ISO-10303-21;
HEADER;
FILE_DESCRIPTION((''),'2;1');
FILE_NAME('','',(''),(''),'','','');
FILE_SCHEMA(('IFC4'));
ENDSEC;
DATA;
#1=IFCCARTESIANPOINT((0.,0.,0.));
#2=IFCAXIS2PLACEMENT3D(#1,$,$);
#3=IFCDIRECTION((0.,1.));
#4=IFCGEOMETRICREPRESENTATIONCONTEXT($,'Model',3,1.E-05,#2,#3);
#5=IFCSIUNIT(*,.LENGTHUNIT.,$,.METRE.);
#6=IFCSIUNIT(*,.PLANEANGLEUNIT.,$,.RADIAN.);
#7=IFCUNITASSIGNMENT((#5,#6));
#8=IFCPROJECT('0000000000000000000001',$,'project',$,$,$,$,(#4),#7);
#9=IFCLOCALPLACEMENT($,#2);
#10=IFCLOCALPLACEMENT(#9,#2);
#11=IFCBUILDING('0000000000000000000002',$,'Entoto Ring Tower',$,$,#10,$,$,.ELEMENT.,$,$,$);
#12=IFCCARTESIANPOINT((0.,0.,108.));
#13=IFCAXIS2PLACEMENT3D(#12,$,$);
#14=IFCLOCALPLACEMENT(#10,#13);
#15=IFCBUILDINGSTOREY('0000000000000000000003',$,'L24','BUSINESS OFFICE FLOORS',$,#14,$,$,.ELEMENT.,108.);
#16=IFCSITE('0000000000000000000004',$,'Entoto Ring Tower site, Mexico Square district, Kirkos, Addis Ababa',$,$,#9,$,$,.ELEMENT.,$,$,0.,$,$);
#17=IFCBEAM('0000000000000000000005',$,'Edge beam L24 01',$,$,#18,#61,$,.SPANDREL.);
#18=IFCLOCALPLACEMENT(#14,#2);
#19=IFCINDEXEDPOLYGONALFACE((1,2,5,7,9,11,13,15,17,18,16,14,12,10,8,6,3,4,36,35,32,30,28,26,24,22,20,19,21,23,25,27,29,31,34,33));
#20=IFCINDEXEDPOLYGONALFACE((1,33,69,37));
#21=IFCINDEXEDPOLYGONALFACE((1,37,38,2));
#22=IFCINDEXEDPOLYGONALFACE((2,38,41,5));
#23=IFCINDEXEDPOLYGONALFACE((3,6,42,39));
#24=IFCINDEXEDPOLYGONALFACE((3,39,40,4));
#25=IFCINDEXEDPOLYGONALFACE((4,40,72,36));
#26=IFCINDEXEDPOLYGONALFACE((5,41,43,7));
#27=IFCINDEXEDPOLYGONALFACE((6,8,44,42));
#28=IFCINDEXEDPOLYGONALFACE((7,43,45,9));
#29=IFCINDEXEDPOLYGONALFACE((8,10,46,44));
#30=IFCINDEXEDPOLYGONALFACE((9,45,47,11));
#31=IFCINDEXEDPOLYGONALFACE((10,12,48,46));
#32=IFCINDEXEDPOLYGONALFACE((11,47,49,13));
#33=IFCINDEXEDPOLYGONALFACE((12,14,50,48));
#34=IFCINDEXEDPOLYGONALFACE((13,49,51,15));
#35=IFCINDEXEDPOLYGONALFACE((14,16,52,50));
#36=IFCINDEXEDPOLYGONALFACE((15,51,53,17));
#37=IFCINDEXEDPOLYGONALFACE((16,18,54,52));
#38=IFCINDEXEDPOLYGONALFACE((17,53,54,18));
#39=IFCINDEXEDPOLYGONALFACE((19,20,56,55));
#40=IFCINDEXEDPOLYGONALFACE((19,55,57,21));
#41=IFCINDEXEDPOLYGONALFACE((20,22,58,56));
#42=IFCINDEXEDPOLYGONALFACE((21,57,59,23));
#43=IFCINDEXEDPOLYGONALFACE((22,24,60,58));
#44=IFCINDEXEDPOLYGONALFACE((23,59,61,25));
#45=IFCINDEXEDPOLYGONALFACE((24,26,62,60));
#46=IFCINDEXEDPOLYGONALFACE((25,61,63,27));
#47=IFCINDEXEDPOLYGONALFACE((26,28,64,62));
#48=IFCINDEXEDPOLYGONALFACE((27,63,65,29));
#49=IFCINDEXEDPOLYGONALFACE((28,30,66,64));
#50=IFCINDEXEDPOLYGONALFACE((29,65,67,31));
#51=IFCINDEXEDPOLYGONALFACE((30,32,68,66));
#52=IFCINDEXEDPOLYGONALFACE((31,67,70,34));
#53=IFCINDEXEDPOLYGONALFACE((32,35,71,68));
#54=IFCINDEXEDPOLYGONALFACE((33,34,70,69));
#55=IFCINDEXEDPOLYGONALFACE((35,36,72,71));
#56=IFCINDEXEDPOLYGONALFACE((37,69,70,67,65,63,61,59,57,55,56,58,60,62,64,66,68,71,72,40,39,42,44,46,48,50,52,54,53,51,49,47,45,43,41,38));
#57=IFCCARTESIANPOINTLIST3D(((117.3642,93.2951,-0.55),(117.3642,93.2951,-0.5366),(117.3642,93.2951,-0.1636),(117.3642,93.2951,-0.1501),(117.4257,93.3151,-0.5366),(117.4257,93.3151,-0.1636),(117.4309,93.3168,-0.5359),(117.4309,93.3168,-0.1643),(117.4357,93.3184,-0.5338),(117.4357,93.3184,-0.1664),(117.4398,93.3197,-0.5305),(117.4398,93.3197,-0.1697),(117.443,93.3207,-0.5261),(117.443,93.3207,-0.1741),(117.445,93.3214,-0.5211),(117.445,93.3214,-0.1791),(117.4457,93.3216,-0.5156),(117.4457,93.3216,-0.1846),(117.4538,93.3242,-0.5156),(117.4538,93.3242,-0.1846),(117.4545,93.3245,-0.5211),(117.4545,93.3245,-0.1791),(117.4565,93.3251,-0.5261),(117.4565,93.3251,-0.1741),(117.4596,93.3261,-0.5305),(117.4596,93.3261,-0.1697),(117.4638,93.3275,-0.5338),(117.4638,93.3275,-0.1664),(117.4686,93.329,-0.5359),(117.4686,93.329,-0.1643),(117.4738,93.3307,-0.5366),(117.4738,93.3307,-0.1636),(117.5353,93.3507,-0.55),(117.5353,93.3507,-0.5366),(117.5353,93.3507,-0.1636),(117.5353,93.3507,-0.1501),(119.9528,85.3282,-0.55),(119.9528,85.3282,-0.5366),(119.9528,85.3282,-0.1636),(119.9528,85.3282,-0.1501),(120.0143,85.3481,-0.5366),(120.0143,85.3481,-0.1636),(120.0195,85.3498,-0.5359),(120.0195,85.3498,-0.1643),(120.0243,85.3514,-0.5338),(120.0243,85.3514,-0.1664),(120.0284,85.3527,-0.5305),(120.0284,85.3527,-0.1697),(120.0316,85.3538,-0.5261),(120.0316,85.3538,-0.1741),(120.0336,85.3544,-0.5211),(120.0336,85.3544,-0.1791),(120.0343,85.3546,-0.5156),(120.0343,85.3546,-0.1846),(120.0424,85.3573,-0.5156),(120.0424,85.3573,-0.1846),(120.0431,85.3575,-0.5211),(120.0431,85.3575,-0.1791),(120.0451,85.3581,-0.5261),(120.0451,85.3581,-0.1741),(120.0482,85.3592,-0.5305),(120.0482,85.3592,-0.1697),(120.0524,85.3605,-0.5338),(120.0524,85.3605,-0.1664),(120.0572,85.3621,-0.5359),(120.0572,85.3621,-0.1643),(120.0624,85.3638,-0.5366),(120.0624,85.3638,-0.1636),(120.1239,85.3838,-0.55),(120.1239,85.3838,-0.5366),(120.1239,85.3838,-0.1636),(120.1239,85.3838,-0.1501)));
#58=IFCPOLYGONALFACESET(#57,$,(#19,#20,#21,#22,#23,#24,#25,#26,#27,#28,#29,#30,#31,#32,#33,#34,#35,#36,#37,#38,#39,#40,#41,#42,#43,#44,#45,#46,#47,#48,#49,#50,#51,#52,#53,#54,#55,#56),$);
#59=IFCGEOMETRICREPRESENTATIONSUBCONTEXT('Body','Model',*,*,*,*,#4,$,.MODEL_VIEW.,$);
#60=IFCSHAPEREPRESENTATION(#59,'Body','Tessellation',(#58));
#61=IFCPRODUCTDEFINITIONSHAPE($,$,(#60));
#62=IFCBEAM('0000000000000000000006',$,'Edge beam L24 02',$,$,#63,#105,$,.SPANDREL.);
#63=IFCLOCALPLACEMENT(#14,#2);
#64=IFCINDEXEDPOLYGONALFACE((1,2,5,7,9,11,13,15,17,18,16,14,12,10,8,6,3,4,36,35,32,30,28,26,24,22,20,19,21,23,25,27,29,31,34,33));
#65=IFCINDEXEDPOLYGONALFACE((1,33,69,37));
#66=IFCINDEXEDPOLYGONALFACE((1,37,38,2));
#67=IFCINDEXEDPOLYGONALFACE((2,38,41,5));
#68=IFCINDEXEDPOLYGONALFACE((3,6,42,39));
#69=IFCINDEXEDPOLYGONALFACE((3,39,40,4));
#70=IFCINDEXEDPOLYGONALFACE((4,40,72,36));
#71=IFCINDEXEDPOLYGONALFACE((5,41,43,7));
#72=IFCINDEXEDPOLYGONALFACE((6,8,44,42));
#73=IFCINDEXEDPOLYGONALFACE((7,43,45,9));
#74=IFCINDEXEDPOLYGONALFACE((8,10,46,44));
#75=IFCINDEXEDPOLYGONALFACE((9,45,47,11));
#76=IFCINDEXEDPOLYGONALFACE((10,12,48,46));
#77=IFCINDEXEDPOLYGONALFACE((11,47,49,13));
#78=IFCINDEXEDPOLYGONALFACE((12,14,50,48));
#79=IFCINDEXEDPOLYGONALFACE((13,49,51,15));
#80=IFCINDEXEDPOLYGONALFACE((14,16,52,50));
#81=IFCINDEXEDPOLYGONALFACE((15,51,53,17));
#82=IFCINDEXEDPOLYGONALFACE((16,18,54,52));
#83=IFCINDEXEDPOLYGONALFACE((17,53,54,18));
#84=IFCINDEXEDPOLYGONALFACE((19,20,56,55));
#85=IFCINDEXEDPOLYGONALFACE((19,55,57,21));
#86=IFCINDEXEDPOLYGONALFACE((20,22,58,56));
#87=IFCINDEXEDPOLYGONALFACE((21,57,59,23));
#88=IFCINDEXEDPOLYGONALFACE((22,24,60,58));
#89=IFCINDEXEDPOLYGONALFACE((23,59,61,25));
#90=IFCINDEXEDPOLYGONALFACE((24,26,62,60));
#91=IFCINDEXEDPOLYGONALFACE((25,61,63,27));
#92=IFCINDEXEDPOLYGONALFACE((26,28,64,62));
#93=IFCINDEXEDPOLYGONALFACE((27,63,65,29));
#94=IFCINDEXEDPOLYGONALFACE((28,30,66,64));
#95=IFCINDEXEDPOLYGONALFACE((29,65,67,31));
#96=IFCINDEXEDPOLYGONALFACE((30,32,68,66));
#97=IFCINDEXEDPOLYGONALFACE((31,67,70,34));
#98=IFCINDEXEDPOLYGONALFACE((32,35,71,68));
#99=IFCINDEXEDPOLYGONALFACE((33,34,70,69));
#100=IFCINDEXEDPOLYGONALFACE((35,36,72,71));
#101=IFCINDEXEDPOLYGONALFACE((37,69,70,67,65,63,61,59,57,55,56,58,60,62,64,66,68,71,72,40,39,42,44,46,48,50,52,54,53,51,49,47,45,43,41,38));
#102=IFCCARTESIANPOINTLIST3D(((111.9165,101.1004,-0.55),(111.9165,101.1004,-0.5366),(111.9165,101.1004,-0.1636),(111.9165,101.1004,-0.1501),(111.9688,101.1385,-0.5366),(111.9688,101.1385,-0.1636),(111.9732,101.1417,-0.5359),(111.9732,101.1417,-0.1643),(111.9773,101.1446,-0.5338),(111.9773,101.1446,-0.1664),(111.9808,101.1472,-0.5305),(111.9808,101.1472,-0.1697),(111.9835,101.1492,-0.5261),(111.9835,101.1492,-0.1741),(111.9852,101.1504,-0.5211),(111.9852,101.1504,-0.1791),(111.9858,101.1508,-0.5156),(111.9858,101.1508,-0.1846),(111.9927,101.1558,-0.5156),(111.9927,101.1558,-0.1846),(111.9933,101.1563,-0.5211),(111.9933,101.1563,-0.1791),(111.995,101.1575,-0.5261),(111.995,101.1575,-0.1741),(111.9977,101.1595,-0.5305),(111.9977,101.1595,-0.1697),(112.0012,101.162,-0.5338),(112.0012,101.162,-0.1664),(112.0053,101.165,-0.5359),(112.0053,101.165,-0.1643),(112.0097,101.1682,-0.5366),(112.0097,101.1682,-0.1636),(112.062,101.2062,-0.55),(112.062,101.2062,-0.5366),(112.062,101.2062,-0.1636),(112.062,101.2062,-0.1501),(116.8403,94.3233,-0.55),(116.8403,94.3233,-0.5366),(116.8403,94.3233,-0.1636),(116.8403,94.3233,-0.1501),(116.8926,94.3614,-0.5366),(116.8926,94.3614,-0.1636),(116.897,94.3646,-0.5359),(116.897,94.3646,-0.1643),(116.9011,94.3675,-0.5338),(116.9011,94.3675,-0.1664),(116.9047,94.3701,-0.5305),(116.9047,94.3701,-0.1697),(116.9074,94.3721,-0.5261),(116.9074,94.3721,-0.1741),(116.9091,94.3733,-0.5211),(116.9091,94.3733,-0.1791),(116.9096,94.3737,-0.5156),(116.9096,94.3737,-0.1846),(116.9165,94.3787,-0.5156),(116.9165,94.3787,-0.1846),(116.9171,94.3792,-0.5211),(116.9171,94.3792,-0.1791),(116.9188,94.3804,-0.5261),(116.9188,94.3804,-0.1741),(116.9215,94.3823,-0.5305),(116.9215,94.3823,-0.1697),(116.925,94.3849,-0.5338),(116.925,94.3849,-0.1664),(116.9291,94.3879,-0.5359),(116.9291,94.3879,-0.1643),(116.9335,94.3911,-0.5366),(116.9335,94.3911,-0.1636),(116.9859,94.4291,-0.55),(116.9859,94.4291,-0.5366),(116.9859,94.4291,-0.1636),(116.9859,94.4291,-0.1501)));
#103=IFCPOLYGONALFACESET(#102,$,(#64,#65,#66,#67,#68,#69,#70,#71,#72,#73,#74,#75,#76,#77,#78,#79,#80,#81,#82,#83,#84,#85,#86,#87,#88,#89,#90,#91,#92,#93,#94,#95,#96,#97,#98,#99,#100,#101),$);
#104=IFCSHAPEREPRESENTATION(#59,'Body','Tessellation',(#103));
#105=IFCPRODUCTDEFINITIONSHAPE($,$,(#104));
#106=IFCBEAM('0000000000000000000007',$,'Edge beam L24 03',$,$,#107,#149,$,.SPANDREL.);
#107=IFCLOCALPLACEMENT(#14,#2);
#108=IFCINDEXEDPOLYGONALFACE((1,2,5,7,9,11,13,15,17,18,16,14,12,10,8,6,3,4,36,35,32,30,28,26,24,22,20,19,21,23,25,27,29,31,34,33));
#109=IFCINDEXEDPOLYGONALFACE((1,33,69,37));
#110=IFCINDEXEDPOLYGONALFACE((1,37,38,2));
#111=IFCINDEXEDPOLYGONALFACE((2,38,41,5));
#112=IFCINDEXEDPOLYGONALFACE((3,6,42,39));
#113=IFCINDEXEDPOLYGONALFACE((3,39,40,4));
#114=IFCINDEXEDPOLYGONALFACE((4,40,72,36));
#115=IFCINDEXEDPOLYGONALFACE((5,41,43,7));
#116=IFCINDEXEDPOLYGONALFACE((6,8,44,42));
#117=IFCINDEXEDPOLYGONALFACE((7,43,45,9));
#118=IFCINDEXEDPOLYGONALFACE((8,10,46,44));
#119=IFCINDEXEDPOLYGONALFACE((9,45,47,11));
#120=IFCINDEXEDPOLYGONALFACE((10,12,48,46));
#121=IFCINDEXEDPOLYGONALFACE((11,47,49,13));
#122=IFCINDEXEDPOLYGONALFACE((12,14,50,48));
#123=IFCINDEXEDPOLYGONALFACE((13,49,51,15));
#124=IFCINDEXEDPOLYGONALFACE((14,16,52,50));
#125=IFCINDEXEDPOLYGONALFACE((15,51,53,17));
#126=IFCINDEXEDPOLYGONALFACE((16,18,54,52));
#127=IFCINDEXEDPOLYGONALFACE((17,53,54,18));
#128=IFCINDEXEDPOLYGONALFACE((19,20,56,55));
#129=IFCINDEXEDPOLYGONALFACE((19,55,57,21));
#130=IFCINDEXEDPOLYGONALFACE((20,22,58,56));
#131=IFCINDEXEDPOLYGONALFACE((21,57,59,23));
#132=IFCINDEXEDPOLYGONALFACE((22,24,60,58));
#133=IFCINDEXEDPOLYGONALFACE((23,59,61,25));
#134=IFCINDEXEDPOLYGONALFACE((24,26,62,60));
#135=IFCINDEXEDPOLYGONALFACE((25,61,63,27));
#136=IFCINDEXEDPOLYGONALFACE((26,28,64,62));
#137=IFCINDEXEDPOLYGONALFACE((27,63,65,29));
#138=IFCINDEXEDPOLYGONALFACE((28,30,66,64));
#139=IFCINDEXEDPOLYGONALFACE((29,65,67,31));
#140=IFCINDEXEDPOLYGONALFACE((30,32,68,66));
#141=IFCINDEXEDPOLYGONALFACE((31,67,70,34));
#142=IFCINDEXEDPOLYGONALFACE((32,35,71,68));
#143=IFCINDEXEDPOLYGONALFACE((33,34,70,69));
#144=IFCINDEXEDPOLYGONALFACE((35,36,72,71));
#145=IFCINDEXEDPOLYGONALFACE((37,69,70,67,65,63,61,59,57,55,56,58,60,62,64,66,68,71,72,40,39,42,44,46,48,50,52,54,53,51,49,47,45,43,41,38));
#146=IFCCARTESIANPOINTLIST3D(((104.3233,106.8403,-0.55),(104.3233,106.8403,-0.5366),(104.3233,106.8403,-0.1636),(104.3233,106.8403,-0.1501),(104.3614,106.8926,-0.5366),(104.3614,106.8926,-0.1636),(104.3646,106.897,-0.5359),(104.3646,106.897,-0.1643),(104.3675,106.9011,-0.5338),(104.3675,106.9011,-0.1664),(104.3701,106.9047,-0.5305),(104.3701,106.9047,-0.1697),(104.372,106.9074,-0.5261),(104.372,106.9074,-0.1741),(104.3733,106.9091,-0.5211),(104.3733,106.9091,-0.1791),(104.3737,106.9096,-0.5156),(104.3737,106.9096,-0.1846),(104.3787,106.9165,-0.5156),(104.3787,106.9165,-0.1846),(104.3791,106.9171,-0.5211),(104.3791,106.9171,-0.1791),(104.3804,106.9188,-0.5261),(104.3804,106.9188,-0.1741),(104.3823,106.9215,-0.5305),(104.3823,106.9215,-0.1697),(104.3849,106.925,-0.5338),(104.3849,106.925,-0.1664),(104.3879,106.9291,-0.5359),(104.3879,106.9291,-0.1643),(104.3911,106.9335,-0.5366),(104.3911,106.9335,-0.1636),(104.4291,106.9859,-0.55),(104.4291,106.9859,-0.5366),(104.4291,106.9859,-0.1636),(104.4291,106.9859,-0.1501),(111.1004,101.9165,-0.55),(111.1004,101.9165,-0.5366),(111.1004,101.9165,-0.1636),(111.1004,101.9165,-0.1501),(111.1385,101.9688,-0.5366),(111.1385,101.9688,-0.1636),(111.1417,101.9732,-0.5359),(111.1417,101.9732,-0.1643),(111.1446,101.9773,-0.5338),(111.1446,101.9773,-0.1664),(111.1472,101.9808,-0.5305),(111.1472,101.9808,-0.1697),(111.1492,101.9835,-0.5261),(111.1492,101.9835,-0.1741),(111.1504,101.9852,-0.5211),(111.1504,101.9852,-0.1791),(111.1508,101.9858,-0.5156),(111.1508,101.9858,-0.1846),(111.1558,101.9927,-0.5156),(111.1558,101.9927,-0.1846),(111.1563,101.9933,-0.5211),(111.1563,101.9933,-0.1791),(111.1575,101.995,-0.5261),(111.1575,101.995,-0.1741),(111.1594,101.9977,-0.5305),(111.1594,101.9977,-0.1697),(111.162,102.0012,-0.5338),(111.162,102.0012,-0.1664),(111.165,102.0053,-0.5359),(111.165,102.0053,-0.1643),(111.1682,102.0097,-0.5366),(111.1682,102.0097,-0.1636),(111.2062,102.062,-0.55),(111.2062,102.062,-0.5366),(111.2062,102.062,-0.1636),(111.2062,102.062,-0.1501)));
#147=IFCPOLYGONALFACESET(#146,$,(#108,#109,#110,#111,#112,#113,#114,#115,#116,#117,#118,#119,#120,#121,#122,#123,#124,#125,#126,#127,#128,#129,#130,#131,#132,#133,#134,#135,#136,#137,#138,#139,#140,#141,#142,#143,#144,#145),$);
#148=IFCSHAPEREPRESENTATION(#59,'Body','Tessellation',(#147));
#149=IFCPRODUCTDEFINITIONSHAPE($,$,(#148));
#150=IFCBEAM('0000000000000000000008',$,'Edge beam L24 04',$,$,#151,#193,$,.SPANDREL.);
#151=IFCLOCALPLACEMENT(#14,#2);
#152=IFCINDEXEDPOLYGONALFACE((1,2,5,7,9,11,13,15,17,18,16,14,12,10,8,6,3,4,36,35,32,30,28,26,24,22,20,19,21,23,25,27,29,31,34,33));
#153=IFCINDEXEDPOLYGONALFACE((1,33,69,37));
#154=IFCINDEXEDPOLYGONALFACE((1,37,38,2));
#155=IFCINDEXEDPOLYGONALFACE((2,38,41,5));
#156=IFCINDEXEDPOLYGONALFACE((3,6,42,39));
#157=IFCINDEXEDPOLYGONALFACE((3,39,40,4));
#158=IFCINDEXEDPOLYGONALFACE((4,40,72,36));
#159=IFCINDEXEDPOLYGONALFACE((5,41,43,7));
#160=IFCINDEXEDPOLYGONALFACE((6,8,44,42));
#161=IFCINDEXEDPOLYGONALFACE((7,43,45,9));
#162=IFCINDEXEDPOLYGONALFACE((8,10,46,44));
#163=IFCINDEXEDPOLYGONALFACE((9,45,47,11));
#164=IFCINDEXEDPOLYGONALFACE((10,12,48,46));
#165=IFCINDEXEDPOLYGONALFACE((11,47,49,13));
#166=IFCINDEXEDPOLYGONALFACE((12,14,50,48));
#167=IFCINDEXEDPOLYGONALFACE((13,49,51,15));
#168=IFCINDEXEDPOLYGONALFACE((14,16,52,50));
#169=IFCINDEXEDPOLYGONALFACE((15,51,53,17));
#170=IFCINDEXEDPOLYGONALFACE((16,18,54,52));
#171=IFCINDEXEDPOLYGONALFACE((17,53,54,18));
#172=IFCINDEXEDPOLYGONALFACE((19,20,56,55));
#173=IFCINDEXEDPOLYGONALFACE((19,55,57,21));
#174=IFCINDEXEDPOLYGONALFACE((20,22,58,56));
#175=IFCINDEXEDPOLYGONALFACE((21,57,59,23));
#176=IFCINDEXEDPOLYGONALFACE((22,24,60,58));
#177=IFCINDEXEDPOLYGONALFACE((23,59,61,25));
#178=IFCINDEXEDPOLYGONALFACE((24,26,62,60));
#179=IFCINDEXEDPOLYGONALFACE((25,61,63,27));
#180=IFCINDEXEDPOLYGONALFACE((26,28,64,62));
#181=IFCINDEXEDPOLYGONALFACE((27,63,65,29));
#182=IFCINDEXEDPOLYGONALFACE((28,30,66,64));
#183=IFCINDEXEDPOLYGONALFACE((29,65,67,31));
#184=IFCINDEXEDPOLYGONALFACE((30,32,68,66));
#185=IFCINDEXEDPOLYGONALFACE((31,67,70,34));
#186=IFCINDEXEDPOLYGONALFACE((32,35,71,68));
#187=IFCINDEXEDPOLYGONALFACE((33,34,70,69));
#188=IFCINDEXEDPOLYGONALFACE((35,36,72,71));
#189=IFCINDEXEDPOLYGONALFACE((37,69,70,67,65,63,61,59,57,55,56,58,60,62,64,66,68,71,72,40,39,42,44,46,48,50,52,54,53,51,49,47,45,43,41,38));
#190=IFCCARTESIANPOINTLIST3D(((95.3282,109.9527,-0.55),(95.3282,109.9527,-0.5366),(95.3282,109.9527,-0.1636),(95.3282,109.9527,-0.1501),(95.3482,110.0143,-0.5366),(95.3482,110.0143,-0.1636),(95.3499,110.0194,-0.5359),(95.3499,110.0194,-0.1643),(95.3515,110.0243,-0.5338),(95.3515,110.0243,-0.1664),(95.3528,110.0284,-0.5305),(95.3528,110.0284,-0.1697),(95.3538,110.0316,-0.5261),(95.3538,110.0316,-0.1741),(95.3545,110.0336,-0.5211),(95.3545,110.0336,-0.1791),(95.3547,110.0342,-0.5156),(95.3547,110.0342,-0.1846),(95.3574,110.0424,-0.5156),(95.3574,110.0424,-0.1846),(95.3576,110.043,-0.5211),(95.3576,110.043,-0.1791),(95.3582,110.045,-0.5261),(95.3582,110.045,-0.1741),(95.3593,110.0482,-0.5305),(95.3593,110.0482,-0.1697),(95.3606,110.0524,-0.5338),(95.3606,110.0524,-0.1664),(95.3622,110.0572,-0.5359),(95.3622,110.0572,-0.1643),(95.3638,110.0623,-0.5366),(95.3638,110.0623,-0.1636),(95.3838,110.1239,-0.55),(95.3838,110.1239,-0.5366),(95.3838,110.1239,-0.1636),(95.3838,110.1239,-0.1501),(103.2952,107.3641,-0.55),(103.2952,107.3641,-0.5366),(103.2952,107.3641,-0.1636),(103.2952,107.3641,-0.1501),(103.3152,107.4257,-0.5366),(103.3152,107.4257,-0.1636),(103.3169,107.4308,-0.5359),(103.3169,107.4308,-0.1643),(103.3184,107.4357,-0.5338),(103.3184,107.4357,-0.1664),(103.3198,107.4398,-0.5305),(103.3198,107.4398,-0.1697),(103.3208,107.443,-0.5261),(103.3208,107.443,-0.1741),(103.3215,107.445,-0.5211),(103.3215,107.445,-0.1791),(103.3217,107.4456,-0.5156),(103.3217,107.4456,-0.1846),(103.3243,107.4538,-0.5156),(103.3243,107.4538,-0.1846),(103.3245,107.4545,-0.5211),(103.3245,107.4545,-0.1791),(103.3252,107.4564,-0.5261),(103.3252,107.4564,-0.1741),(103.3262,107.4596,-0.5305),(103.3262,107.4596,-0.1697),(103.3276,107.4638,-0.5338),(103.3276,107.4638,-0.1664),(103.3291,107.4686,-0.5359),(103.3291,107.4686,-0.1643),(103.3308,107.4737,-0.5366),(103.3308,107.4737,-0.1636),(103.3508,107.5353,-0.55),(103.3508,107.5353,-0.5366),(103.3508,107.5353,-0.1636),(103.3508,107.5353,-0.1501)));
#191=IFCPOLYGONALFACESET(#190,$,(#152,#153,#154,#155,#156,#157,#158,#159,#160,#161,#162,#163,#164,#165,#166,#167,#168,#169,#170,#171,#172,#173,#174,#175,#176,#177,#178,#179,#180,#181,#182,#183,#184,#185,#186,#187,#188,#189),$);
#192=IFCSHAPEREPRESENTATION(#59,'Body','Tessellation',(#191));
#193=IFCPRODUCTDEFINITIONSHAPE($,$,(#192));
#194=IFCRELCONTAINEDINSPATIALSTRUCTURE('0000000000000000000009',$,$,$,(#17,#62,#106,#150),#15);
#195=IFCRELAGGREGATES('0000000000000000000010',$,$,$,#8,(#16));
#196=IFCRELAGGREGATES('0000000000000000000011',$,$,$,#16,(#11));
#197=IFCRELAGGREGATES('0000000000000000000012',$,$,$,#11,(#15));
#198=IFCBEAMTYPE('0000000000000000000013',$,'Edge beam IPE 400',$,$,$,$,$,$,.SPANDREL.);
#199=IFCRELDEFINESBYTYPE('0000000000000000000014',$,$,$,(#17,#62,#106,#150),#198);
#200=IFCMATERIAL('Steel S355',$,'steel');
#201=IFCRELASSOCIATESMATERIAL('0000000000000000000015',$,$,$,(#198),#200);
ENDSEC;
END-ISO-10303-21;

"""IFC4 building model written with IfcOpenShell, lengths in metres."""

from ifc_helpers import new_model, si_unit, direction, frame, origin, origin_2d, place, context, subcontext, project, spatial, i_section, extrude, material, material_profile, profile_set, type_object, element, save


model = new_model("IFC4")

# Units and contexts
model_context = context("Model", 3, precision=1e-05, world=origin(), true_north=direction((0.0, 1.0)))
body_context = subcontext(model_context, "Body", "Model", "MODEL_VIEW")
ifc_project = project(units=[si_unit("LENGTHUNIT", "METRE"), si_unit("PLANEANGLEUNIT", "RADIAN")], contexts=[model_context])

# Site, building, storey
site_placement = place(None, origin())
site = spatial("IfcSite", under=ifc_project, at=site_placement, Name="Entoto Ring Tower site, Mexico Square district, Kirkos, Addis Ababa", CompositionType="ELEMENT", RefElevation=0.0)
building_placement = place(site_placement, origin())
building = spatial("IfcBuilding", under=site, at=building_placement, Name="Entoto Ring Tower", CompositionType="ELEMENT")
storey_placement = place(building_placement, frame((0.0, 0.0, 108.0)))
storey = spatial("IfcBuildingStorey", under=building, at=storey_placement, Name="L24", Description="BUSINESS OFFICE FLOORS", CompositionType="ELEMENT", Elevation=108.0)

# Beams
ifc_material_1 = material(Name="Steel S355", Category="steel")
ifc_material_profile_1 = material_profile(ifc_material_1, i_section(OverallWidth=0.1799, OverallDepth=0.3999, WebThickness=0.0085, FlangeThickness=0.0134, FilletRadius=0.021, at=origin_2d()), Name="IPE 400")
ifc_profile_set_1 = profile_set([ifc_material_profile_1], Name="Steel S355")
beam_type_1 = type_object("IfcBeamType", Name="Edge beam IPE 400", PredefinedType="SPANDREL", material=ifc_profile_set_1)
for number, where, z_axis, x_axis, name in (
    (1, (120.0383, 85.356, -0.3501), (-0.309014, 0.951057, 0.0), (-0.951057, -0.309014, 0.0), "Edge beam L24 01"),
    (2, (116.9131, 94.3762, -0.3501), (-0.587783, 0.809018, 0.0), (-0.809018, -0.587783, 0.0), "Edge beam L24 02"),
    (3, (111.1533, 101.9893, -0.3501), (-0.809018, 0.587783, 0.0), (-0.587783, -0.809018, 0.0), "Edge beam L24 03"),
    (4, (103.323, 107.4497, -0.3501), (-0.951057, 0.309014, 0.0), (-0.309014, -0.951057, 0.0), "Edge beam L24 04"),
):
    element("IfcBeam", number, at=place(storey_placement, frame(where, z_axis=z_axis, x_axis=x_axis)), inside=storey, type_object=beam_type_1, Name=name, PredefinedType="SPANDREL", context=body_context, shape_type="SweptSolid", body=[
        extrude(i_section(OverallWidth=0.1799, OverallDepth=0.3999, WebThickness=0.0085, FlangeThickness=0.0134, FilletRadius=0.021, at=origin_2d()), origin(), (0.0, 0.0, 1.0), 8.377),
    ])

save(model, "model.ifc")
